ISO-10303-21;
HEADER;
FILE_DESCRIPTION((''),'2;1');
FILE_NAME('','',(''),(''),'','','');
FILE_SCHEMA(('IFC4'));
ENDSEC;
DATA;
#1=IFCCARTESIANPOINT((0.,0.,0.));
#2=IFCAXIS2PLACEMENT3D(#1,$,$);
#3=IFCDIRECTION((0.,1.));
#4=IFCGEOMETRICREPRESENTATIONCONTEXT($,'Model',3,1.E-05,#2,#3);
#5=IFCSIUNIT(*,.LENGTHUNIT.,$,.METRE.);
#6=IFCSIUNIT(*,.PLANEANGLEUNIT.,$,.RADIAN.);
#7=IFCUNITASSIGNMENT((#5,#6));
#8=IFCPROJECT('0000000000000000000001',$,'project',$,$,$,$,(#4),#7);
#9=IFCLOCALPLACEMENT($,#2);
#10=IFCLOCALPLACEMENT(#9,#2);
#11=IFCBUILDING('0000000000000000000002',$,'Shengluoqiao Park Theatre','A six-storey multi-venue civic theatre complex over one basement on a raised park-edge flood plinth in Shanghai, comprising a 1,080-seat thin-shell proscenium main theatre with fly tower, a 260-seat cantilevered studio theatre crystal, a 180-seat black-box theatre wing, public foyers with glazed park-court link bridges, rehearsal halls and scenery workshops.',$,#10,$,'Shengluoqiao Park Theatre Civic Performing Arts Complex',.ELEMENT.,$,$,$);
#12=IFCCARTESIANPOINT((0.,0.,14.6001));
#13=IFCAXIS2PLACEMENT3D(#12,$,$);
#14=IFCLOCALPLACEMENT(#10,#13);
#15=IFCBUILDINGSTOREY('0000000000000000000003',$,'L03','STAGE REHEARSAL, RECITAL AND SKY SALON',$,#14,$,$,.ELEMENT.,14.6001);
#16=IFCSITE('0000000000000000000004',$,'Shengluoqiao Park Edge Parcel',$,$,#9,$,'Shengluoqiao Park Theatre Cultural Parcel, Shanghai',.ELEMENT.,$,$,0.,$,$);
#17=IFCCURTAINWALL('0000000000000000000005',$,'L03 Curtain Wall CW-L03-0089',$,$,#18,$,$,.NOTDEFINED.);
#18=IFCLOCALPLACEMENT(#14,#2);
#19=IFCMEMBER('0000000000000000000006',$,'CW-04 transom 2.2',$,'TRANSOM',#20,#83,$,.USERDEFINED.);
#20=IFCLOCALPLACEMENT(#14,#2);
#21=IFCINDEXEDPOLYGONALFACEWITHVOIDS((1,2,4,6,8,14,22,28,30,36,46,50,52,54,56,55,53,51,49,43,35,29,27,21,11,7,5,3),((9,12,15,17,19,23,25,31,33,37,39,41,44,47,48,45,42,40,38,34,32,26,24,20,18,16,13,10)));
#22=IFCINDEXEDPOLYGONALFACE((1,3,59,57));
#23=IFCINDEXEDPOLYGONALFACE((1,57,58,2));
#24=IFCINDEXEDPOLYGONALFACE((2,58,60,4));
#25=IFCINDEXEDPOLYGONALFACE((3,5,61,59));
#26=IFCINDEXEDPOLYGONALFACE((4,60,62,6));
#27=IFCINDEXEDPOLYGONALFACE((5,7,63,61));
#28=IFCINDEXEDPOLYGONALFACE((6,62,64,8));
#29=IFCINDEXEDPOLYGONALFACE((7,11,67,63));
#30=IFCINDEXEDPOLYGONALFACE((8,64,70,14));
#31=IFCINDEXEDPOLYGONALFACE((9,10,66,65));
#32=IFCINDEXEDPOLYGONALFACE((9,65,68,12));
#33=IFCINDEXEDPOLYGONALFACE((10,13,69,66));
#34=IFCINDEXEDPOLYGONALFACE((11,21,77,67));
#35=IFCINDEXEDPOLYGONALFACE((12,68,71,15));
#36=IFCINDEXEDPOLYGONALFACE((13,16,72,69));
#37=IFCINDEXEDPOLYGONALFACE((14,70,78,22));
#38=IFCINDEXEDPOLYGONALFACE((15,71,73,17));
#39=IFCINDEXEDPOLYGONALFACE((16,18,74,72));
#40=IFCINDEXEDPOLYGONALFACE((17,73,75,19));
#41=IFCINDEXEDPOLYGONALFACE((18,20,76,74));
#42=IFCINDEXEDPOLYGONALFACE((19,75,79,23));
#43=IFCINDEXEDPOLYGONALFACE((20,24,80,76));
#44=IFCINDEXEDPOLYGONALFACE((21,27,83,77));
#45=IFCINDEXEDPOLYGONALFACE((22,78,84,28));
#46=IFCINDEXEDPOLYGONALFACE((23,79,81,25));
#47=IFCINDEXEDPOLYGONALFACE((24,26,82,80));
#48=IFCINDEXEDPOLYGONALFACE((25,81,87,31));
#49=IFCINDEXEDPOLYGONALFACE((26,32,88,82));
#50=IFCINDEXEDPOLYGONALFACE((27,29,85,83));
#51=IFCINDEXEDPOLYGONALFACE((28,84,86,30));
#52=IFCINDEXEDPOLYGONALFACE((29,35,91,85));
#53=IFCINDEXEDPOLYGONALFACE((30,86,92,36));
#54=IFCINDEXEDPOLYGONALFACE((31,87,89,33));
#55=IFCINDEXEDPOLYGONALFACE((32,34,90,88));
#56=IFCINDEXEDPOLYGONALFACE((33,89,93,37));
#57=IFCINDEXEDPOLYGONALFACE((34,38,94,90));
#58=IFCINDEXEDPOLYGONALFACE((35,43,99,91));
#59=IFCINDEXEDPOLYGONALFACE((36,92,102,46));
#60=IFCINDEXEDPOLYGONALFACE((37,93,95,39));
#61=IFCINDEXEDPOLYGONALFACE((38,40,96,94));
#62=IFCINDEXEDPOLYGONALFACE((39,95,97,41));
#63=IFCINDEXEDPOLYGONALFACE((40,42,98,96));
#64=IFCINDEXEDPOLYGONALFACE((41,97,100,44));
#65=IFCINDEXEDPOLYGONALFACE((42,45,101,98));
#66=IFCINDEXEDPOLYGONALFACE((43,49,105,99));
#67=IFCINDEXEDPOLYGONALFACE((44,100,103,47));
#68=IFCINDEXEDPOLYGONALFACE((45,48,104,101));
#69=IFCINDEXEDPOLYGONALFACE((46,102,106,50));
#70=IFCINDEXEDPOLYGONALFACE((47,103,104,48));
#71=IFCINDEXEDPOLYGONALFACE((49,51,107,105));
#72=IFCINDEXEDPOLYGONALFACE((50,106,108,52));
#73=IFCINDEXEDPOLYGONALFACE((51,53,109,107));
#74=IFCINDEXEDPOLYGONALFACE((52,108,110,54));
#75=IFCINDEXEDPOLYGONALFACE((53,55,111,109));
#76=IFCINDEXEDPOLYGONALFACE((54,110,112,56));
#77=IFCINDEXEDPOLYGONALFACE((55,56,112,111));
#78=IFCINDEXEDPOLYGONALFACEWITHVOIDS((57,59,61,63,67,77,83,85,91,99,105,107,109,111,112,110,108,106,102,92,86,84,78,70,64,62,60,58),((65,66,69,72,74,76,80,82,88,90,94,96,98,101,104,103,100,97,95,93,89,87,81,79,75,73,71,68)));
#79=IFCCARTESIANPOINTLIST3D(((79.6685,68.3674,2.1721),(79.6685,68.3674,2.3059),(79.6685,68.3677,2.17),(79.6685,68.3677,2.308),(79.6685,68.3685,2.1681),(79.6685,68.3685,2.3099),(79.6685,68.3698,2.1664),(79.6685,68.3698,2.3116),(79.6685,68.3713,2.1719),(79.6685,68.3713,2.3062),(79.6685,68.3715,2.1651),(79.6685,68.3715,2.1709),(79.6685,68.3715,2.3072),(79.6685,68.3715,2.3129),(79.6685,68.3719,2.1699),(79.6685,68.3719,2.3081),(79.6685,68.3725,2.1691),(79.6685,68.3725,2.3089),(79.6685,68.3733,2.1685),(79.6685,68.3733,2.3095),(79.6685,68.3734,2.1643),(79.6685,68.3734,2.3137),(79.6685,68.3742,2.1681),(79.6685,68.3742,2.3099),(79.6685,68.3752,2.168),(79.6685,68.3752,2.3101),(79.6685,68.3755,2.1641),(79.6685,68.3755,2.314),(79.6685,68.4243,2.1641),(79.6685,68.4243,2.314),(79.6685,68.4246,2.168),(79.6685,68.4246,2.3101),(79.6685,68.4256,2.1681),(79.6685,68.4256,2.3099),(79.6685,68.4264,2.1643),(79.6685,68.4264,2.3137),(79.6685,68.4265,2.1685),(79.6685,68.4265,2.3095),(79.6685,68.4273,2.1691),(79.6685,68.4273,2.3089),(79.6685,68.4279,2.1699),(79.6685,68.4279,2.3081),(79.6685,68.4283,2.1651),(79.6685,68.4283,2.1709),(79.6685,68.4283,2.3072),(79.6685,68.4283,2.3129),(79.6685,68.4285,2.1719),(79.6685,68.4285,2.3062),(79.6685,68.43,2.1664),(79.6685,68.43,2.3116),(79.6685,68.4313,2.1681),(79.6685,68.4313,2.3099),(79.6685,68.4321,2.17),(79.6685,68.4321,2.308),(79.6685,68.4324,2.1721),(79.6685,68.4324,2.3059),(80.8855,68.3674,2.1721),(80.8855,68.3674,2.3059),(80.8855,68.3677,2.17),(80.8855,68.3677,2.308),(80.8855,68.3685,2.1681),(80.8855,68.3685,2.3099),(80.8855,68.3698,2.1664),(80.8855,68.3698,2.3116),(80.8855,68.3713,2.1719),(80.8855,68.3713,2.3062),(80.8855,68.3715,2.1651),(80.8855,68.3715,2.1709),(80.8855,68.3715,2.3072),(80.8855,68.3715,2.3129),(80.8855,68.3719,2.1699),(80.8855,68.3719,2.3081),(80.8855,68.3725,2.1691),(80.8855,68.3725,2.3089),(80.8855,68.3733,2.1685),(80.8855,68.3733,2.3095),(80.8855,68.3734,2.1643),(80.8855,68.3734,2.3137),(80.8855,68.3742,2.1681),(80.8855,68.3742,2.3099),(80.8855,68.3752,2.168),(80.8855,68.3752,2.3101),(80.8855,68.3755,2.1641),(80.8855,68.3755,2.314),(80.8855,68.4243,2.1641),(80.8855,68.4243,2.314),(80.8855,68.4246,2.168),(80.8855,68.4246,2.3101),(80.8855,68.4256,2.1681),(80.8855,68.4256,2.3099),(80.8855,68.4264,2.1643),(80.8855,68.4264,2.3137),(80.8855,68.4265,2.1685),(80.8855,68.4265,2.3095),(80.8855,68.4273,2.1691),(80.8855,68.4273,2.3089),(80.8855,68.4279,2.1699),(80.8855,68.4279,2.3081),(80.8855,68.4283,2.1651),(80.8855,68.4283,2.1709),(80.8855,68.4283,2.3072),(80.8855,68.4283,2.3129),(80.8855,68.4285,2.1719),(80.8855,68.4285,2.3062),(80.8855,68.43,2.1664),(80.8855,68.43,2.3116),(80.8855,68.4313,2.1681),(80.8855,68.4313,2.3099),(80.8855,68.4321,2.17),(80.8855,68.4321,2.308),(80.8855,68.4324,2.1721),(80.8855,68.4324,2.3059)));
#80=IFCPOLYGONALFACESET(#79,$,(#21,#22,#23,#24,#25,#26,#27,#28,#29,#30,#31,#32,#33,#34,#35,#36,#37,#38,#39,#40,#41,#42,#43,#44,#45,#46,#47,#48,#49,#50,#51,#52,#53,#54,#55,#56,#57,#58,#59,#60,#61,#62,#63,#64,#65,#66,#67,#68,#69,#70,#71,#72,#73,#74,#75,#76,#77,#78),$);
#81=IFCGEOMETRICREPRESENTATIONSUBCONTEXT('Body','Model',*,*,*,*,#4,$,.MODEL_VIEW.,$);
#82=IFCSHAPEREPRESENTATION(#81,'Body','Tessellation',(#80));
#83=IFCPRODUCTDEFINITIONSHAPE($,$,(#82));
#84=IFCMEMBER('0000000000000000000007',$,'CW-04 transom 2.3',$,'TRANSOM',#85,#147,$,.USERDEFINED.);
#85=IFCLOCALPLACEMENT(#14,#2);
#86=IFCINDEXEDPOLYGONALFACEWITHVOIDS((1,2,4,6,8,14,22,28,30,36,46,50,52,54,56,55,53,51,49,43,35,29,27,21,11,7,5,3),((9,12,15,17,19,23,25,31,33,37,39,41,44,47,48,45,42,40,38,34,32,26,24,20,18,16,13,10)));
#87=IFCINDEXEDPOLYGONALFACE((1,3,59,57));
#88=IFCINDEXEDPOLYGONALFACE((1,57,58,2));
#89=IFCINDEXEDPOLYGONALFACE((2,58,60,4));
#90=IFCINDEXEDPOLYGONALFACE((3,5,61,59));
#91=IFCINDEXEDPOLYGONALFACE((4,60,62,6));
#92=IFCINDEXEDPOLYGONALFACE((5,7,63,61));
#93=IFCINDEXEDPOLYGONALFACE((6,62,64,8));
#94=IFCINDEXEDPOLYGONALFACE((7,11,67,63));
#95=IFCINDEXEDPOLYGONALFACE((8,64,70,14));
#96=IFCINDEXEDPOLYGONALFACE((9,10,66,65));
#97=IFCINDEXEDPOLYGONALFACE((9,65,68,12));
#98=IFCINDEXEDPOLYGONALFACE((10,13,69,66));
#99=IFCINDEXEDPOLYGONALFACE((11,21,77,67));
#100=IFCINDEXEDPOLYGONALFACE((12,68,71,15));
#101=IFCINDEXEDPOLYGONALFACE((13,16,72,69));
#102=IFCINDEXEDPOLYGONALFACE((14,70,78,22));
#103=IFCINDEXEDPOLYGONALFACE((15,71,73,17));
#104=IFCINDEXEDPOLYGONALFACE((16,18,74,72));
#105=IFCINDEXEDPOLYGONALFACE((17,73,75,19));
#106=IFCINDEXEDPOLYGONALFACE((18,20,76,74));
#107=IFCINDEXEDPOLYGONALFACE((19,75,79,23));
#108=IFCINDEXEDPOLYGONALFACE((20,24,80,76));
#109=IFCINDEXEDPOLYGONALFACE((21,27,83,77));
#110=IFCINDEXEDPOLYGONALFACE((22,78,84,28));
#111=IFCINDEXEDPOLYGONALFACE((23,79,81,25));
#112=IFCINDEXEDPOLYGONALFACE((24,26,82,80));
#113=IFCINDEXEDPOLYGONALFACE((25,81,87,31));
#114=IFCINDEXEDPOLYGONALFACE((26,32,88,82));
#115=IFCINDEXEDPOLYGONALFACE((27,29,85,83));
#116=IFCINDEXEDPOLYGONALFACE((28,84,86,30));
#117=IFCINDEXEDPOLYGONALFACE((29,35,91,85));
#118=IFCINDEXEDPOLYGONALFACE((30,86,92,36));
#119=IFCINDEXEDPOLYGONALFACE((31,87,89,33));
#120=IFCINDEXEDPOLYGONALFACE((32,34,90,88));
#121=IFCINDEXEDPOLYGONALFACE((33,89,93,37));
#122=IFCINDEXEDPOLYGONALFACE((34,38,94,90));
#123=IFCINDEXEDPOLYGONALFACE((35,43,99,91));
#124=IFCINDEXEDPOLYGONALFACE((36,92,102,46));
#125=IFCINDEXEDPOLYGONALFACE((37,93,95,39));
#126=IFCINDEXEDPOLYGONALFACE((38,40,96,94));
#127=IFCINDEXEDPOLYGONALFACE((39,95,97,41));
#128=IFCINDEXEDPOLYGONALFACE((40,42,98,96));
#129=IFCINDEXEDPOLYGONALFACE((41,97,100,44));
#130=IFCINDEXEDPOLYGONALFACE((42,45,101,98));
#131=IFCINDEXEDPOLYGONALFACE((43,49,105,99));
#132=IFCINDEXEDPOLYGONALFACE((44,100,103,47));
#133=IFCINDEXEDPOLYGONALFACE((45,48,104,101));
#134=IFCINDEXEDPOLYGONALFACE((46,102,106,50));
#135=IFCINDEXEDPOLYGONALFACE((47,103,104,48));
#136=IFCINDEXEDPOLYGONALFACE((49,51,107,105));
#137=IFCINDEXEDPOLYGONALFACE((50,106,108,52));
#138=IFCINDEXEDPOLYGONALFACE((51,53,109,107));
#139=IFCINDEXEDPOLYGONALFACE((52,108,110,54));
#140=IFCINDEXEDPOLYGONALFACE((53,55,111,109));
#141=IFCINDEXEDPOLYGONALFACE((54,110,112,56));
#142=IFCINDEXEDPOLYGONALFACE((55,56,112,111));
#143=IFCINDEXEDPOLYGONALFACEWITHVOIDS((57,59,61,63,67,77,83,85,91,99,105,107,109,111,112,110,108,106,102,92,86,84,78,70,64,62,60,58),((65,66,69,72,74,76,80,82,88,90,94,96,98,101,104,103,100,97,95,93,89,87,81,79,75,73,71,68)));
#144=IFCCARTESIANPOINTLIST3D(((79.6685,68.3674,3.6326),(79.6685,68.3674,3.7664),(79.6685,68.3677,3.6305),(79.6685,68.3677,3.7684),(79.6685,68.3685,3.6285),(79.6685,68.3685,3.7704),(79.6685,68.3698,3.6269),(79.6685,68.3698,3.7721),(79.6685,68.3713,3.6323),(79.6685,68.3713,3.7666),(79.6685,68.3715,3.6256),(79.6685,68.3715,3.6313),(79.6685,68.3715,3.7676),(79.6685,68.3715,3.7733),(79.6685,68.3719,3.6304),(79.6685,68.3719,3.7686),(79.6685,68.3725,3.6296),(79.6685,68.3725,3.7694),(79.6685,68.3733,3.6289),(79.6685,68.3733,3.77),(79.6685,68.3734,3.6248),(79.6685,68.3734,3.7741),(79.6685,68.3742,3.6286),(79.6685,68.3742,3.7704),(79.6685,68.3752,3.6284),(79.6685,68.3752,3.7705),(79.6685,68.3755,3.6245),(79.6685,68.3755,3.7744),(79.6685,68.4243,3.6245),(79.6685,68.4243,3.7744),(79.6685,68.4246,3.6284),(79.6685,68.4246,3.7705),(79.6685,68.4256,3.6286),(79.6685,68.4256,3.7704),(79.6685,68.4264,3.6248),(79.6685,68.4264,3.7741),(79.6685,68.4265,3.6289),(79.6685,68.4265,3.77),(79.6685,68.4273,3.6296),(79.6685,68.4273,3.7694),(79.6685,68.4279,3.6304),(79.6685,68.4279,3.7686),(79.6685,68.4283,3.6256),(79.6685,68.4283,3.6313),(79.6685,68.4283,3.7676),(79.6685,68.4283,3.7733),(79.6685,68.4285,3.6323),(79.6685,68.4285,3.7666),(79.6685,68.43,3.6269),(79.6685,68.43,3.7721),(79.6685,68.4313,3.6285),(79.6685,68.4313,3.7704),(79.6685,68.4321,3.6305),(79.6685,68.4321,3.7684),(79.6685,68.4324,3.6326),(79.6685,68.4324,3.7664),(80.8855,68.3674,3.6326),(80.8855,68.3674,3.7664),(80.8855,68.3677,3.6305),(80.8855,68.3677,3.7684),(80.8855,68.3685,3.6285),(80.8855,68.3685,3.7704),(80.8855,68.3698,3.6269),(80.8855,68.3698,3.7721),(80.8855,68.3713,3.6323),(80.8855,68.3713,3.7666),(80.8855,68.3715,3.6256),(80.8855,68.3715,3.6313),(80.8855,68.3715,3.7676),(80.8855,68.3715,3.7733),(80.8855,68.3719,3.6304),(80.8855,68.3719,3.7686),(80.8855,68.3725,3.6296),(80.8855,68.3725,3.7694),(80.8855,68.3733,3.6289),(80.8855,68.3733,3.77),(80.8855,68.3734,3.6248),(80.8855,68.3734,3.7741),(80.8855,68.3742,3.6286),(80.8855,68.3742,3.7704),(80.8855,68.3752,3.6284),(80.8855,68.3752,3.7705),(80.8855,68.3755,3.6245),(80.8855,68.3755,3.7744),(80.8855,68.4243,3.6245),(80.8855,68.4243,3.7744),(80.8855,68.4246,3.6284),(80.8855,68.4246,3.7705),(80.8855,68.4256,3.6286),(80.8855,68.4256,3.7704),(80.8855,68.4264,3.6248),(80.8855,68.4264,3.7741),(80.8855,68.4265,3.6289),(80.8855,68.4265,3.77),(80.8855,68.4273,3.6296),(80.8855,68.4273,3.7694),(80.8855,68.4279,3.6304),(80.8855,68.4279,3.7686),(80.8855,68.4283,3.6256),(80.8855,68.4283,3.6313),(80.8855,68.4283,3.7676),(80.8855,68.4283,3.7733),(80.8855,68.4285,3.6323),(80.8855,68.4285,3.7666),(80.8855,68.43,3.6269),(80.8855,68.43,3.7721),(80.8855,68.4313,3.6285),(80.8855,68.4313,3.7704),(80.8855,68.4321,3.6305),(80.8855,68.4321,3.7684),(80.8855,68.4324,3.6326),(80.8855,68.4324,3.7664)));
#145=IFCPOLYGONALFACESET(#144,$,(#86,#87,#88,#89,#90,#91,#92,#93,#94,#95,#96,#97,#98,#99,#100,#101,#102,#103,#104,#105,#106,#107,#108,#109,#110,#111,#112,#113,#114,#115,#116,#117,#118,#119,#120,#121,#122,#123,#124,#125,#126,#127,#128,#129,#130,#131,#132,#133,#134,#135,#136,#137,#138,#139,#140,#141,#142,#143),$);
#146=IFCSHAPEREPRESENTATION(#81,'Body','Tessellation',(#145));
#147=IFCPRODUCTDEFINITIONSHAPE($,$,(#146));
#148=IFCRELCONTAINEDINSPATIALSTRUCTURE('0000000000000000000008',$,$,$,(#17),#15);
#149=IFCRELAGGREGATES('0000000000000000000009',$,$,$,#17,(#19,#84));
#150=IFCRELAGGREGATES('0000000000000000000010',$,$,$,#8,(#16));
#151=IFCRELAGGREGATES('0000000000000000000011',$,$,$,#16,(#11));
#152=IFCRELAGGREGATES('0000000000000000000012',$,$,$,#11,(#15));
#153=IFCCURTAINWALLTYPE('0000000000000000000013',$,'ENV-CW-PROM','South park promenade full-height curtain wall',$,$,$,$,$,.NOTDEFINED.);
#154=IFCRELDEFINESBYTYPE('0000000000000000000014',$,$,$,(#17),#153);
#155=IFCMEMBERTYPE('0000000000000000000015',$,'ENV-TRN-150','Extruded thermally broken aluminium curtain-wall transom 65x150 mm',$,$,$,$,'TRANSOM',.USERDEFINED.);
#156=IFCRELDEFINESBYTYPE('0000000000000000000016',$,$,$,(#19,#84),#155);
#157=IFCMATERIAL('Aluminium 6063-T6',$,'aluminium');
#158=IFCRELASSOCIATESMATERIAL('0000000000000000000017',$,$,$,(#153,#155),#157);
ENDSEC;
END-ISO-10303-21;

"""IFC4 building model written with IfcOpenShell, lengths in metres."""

from ifc_helpers import new_model, si_unit, direction, frame, origin, origin_2d, place, context, subcontext, project, spatial, hollow_rectangle, extrude, material, material_profile, profile_set, type_object, element, aggregate, save


model = new_model("IFC4")

# Units and contexts
model_context = context("Model", 3, precision=1e-05, world=origin(), true_north=direction((0.0, 1.0)))
body_context = subcontext(model_context, "Body", "Model", "MODEL_VIEW")
ifc_project = project(units=[si_unit("LENGTHUNIT", "METRE"), si_unit("PLANEANGLEUNIT", "RADIAN")], contexts=[model_context])

# Site, building, storey
site_placement = place(None, origin())
site = spatial("IfcSite", under=ifc_project, at=site_placement, Name="Shengluoqiao Park Edge Parcel", LongName="Shengluoqiao Park Theatre Cultural Parcel, Shanghai", CompositionType="ELEMENT", RefElevation=0.0)
building_placement = place(site_placement, origin())
building = spatial("IfcBuilding", under=site, at=building_placement, Name="Shengluoqiao Park Theatre", Description="A six-storey multi-venue civic theatre complex over one basement on a raised park-edge flood plinth in Shanghai, comprising a 1,080-seat thin-shell proscenium main theatre with fly tower, a 260-seat cantilevered studio theatre crystal, a 180-seat black-box theatre wing, public foyers with glazed park-court link bridges, rehearsal halls and scenery workshops.", LongName="Shengluoqiao Park Theatre Civic Performing Arts Complex", CompositionType="ELEMENT")
storey_placement = place(building_placement, frame((0.0, 0.0, 14.6001)))
storey = spatial("IfcBuildingStorey", under=building, at=storey_placement, Name="L03", Description="STAGE REHEARSAL, RECITAL AND SKY SALON", CompositionType="ELEMENT", Elevation=14.6001)

# Curtain wall
ifc_material_1 = material(Name="Aluminium 6063-T6", Category="aluminium")
curtain_wall_type = type_object("IfcCurtainWallType", Name="ENV-CW-PROM", Description="South park promenade full-height curtain wall", PredefinedType="NOTDEFINED", material=ifc_material_1)
curtain_wall_1_placement = place(storey_placement, origin())
curtain_wall_1 = element("IfcCurtainWall", 1, at=curtain_wall_1_placement, inside=storey, type_object=curtain_wall_type, Name="L03 Curtain Wall CW-L03-0089", PredefinedType="NOTDEFINED")

# Members
ifc_material_profile_1 = material_profile(ifc_material_1, hollow_rectangle(XDim=0.0649, YDim=0.1499, WallThickness=0.0039, InnerFilletRadius=0.0039, OuterFilletRadius=0.0081, at=origin_2d()), Name="ALU TRANSOM 150x65x4")
ifc_profile_set_1 = profile_set([ifc_material_profile_1], Name="Aluminium 6063-T6")
member_type_1 = type_object("IfcMemberType", Name="ENV-TRN-150", Description="Extruded thermally broken aluminium curtain-wall transom 65x150 mm", ElementType="TRANSOM", PredefinedType="USERDEFINED", material=ifc_profile_set_1)
member_1_placement = place(storey_placement, frame((79.6685, 68.3999, 2.239), z_axis=(1.0, 0.0, 0.0), x_axis=(0.0, 1.0, 0.0)))
member_1 = element("IfcMember", 2, at=member_1_placement, type_object=member_type_1, Name="CW-04 transom 2.2", ObjectType="TRANSOM", PredefinedType="USERDEFINED", context=body_context, shape_type="SweptSolid", body=[
    extrude(hollow_rectangle(XDim=0.0649, YDim=0.1499, WallThickness=0.0039, InnerFilletRadius=0.0039, OuterFilletRadius=0.0081, at=origin_2d()), origin(), (0.0, 0.0, 1.0), 1.217),
])
member_2_placement = place(storey_placement, frame((79.6685, 68.3999, 3.6995), z_axis=(1.0, 0.0, 0.0), x_axis=(0.0, 1.0, 0.0)))
member_2 = element("IfcMember", 3, at=member_2_placement, type_object=member_type_1, Name="CW-04 transom 2.3", ObjectType="TRANSOM", PredefinedType="USERDEFINED", context=body_context, shape_type="SweptSolid", body=[
    extrude(hollow_rectangle(XDim=0.0649, YDim=0.1499, WallThickness=0.0039, InnerFilletRadius=0.0039, OuterFilletRadius=0.0081, at=origin_2d()), origin(), (0.0, 0.0, 1.0), 1.217),
])

aggregate(curtain_wall_1, [member_1, member_2])

save(model, "model.ifc")
